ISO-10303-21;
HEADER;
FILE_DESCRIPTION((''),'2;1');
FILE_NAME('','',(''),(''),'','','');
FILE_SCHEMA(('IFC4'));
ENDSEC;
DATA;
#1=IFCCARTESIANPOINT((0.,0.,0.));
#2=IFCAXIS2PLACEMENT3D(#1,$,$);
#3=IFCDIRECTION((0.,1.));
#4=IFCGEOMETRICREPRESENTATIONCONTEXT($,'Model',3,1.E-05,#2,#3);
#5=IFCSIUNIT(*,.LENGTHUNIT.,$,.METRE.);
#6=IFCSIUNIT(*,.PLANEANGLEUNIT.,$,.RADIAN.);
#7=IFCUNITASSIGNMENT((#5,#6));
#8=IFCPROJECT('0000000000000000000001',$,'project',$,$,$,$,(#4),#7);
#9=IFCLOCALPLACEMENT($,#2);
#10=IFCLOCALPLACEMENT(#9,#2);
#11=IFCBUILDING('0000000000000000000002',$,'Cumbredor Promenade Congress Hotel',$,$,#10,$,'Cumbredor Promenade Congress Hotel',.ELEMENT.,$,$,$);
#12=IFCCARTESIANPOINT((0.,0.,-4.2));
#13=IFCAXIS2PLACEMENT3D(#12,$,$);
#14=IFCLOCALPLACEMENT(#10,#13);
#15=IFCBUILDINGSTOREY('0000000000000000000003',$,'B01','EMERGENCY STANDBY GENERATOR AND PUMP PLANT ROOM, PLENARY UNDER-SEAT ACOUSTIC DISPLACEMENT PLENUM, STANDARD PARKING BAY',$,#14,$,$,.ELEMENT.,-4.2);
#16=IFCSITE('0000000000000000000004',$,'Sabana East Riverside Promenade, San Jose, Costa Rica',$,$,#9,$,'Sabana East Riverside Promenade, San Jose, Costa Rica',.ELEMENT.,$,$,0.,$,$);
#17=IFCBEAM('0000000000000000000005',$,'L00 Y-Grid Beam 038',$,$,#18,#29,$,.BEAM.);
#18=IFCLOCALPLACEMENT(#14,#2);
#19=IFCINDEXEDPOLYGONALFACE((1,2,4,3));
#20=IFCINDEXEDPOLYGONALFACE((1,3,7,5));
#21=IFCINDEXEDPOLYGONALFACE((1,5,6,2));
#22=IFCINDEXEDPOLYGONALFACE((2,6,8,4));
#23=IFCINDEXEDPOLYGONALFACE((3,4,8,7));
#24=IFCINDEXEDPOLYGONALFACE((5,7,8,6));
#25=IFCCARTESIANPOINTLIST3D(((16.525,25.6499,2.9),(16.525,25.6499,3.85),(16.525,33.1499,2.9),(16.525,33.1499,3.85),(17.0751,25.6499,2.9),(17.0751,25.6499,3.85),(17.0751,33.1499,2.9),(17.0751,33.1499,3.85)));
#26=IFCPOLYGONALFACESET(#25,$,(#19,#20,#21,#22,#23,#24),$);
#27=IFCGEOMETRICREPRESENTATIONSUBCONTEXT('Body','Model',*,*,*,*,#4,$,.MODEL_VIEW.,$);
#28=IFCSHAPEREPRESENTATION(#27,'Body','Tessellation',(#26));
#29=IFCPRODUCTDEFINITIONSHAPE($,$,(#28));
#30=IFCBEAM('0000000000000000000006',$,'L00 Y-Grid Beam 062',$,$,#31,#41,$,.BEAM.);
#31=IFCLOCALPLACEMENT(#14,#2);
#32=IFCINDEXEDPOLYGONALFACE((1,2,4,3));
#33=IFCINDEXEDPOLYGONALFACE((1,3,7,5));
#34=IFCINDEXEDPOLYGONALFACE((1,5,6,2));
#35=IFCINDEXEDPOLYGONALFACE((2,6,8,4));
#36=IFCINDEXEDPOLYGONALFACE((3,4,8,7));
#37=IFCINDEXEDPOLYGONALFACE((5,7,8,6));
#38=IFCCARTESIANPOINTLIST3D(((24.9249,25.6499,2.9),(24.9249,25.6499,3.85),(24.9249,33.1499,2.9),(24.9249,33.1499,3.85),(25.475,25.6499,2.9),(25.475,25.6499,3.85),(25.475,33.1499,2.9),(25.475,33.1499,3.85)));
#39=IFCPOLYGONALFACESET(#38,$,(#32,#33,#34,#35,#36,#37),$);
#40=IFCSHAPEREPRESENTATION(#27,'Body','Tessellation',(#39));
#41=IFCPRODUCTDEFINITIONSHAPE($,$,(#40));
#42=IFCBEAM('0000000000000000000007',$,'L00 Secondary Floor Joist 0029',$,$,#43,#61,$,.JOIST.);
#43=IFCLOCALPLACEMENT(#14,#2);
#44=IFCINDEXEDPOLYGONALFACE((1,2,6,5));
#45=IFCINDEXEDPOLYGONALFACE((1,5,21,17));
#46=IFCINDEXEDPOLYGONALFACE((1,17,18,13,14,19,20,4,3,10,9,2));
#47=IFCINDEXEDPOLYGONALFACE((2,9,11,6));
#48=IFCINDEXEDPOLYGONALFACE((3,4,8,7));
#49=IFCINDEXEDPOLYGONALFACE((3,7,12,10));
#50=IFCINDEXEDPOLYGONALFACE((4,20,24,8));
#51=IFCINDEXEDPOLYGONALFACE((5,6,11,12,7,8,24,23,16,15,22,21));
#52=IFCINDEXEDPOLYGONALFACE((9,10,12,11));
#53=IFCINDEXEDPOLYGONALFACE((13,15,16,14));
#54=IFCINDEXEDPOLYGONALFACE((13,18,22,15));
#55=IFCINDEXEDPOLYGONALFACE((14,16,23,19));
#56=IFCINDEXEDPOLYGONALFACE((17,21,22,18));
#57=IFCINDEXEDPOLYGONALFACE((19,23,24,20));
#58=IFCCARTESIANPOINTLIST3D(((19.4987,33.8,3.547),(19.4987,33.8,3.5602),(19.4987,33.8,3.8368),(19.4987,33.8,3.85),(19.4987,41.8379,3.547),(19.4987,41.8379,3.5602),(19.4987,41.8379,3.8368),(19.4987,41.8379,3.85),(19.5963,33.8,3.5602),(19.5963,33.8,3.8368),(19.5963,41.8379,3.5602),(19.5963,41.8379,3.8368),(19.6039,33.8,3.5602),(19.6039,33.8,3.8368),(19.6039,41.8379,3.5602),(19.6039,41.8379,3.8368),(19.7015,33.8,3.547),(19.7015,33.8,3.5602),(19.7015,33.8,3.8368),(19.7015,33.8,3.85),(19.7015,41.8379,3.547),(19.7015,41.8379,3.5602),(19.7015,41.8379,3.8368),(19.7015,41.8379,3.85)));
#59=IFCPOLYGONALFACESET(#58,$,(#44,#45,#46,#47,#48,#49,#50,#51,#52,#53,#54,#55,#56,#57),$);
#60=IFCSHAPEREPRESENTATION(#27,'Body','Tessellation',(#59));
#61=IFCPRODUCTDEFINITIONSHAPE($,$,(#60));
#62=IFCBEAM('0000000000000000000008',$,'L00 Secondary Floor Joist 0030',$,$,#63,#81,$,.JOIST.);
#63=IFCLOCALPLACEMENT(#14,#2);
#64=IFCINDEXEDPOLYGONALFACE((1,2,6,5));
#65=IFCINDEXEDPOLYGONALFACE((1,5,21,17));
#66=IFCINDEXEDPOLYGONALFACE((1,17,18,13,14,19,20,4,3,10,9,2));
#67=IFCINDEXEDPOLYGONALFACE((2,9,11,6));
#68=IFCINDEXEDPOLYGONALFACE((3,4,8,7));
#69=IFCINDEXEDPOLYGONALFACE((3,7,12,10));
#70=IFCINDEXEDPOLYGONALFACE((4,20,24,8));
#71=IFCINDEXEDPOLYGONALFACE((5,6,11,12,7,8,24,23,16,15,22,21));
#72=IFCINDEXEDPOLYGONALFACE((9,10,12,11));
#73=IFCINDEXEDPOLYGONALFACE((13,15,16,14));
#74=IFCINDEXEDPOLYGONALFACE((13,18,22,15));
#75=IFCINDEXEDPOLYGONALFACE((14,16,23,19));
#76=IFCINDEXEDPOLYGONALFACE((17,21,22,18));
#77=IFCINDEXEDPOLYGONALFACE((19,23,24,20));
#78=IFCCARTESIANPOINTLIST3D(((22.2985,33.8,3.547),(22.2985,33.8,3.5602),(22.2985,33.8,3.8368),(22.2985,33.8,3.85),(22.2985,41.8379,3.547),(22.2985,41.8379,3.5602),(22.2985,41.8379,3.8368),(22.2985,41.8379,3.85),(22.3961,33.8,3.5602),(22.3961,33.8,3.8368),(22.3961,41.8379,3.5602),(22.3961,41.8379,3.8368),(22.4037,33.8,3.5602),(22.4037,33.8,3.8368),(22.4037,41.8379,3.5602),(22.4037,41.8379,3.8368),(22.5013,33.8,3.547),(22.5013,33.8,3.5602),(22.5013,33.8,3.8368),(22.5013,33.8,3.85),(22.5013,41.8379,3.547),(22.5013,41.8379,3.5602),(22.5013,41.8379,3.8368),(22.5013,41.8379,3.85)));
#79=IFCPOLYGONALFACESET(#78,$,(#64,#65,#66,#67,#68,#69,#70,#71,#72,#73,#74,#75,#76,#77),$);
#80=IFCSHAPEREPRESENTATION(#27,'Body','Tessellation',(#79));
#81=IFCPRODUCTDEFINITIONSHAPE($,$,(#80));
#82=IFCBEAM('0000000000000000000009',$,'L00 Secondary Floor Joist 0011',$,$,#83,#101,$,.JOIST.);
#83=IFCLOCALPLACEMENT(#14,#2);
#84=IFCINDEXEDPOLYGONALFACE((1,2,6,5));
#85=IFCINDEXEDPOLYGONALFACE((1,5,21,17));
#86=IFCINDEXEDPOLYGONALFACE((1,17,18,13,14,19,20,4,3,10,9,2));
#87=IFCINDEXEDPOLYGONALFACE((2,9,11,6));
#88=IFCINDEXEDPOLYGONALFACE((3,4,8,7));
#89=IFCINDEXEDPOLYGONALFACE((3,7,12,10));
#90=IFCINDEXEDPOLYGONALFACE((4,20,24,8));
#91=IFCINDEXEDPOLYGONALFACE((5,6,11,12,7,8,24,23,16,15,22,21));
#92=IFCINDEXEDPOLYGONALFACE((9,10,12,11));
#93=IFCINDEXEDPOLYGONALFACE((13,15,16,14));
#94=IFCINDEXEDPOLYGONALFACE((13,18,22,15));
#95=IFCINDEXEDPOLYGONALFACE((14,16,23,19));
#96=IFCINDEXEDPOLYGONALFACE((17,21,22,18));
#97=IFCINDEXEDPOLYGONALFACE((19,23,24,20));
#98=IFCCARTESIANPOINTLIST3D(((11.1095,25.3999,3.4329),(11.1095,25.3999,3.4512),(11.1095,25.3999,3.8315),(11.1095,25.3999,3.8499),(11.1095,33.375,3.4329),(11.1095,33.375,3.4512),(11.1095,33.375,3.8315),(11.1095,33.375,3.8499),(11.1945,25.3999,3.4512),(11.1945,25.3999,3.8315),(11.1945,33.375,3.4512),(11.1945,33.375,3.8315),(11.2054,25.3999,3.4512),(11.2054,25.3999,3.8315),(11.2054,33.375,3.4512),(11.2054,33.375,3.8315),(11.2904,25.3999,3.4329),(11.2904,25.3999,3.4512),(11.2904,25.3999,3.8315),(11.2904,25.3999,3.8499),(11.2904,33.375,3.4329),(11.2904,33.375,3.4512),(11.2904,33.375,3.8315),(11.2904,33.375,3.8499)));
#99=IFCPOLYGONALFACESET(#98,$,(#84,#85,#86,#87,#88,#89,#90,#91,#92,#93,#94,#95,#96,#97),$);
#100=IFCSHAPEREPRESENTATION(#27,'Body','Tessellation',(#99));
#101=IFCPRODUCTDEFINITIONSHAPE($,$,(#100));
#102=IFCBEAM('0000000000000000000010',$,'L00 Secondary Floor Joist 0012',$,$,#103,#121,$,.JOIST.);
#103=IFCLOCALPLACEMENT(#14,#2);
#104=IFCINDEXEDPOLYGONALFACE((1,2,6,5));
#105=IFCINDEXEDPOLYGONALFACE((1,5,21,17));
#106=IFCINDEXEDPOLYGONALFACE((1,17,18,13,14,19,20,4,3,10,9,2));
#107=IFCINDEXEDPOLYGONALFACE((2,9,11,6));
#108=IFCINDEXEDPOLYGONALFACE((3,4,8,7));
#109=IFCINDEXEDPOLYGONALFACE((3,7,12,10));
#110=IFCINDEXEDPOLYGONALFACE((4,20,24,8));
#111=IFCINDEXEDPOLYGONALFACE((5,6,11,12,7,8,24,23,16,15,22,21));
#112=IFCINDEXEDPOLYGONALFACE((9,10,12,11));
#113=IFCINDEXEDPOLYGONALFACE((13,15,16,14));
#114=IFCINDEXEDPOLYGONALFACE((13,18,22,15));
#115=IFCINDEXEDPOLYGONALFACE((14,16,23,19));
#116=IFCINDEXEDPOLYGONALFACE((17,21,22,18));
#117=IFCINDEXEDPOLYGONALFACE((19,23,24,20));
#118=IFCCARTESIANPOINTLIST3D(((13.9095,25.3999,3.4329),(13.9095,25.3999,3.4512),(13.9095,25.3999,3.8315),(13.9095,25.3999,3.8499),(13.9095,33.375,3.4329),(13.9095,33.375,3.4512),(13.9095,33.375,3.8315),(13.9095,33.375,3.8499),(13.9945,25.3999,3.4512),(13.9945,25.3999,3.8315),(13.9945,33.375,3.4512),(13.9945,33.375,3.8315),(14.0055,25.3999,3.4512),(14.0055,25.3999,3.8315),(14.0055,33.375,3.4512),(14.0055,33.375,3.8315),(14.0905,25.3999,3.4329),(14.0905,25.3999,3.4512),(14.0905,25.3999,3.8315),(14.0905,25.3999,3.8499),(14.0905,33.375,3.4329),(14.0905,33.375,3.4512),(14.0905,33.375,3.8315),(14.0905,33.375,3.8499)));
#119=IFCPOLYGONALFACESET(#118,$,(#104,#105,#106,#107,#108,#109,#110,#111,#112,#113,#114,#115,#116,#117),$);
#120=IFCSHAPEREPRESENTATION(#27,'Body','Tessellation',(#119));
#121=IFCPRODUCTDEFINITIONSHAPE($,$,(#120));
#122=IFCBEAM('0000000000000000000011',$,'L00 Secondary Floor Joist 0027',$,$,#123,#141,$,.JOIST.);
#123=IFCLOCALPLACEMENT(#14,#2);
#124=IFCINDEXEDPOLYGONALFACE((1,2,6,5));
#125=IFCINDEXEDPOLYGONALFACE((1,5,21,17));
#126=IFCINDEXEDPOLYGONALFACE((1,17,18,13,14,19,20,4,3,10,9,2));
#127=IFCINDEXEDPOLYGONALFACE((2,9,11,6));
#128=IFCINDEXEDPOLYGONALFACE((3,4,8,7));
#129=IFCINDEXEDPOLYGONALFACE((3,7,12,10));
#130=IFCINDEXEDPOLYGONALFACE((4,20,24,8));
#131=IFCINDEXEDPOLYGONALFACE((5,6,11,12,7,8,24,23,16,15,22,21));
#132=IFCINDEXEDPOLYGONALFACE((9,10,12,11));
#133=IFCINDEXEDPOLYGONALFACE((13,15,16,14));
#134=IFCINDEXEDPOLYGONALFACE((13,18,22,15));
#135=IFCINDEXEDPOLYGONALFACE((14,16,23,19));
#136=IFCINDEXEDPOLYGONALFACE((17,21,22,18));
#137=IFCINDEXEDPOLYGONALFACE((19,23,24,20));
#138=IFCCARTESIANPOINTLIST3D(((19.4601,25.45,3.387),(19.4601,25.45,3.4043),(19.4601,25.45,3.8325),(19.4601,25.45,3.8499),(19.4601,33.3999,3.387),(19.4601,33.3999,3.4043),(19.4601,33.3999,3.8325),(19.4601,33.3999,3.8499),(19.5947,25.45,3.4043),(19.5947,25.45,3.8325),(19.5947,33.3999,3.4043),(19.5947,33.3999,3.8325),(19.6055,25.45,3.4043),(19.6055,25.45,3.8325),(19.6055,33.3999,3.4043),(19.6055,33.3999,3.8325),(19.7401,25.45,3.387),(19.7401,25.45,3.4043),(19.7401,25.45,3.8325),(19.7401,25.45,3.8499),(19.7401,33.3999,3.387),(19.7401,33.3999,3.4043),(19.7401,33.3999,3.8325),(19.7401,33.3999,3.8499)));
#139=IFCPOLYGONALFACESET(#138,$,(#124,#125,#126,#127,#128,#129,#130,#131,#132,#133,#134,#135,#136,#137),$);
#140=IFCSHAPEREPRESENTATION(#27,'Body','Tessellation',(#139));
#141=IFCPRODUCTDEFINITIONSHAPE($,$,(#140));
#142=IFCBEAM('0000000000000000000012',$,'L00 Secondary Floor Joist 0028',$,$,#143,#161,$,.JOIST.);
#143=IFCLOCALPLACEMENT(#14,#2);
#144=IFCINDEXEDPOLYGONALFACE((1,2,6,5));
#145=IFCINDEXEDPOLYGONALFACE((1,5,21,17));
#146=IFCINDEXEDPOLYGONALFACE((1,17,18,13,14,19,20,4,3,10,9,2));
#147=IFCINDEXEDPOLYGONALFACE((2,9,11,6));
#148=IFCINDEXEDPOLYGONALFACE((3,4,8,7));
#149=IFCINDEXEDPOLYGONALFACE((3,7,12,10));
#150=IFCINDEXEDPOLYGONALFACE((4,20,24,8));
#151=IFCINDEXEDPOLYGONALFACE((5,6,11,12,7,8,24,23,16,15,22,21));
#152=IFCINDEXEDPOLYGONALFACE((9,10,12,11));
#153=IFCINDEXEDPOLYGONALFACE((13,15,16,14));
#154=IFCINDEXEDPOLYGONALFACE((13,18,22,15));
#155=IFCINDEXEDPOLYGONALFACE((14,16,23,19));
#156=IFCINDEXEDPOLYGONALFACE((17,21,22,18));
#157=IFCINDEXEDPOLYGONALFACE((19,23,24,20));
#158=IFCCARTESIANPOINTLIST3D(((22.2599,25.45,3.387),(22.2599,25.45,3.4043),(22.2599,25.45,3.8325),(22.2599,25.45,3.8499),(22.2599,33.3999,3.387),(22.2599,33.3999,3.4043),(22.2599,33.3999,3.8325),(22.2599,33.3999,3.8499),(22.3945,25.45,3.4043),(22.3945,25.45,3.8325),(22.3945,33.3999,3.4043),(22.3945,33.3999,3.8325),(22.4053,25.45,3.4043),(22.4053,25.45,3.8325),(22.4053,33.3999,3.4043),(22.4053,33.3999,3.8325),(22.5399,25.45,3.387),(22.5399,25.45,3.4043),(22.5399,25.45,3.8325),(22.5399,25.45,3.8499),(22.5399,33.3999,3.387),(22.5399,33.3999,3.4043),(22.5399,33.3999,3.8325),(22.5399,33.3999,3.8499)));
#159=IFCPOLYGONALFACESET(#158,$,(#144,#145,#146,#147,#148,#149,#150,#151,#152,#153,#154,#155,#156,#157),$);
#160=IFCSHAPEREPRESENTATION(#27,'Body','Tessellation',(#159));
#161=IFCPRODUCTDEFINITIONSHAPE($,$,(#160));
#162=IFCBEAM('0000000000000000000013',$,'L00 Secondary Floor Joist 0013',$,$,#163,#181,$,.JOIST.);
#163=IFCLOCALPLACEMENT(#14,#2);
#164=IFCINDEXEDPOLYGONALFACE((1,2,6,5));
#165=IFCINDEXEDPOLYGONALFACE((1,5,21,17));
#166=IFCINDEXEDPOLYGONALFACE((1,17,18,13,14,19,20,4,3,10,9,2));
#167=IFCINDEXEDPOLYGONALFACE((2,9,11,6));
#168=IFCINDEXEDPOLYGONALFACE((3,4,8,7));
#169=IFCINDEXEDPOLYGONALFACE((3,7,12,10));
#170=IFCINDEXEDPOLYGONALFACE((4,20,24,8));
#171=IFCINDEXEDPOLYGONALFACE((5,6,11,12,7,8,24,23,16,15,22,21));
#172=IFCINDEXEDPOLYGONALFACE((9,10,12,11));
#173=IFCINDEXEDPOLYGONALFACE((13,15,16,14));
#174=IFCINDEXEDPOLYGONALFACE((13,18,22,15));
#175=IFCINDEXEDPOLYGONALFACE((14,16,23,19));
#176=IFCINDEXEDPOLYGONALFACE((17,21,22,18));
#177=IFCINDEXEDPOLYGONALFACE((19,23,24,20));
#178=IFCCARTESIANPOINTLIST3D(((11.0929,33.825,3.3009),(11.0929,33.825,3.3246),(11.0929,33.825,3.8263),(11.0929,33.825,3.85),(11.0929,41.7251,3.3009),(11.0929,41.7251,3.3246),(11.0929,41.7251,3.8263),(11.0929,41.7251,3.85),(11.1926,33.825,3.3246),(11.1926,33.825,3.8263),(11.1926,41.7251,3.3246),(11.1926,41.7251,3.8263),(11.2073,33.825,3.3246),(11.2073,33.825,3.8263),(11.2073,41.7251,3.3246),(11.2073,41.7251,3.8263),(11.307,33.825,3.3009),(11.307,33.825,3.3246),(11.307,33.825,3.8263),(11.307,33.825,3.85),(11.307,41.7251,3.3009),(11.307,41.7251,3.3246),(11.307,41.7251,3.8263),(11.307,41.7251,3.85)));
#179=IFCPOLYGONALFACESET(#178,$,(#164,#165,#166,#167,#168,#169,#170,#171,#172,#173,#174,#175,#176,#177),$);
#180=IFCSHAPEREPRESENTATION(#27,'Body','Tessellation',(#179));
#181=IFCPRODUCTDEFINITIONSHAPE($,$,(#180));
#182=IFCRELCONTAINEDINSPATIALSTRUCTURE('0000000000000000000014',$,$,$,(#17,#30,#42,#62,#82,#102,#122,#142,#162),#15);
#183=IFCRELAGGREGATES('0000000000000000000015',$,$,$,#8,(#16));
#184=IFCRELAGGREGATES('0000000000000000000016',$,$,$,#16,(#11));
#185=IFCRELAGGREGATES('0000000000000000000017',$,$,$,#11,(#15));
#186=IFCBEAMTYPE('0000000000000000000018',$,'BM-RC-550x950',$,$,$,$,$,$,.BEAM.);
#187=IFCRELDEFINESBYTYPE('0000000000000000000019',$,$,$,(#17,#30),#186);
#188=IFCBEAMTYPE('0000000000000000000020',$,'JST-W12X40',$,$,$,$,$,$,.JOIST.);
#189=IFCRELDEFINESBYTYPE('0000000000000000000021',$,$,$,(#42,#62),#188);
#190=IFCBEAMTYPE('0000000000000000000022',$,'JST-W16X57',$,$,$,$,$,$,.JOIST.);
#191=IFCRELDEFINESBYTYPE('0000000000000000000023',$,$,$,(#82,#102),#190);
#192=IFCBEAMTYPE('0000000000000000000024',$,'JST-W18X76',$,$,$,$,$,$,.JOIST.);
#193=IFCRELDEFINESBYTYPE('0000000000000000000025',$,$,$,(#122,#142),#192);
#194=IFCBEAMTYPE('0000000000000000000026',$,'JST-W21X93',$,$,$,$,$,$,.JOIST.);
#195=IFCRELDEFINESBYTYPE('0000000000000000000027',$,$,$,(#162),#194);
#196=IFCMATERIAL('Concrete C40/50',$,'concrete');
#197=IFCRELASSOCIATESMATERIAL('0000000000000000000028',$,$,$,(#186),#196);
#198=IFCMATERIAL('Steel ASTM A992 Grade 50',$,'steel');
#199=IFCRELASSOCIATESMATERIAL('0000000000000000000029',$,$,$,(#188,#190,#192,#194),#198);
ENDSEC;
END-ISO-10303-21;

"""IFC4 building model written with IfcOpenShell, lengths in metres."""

from ifc_helpers import new_model, si_unit, direction, frame, origin, origin_2d, place, context, subcontext, project, spatial, rectangle, i_section, extrude, material, material_profile, profile_set, type_object, element, save


model = new_model("IFC4")

# Units and contexts
model_context = context("Model", 3, precision=1e-05, world=origin(), true_north=direction((0.0, 1.0)))
body_context = subcontext(model_context, "Body", "Model", "MODEL_VIEW")
ifc_project = project(units=[si_unit("LENGTHUNIT", "METRE"), si_unit("PLANEANGLEUNIT", "RADIAN")], contexts=[model_context])

# Site, building, storey
site_placement = place(None, origin())
site = spatial("IfcSite", under=ifc_project, at=site_placement, Name="Sabana East Riverside Promenade, San Jose, Costa Rica", LongName="Sabana East Riverside Promenade, San Jose, Costa Rica", CompositionType="ELEMENT", RefElevation=0.0)
building_placement = place(site_placement, origin())
building = spatial("IfcBuilding", under=site, at=building_placement, Name="Cumbredor Promenade Congress Hotel", LongName="Cumbredor Promenade Congress Hotel", CompositionType="ELEMENT")
storey_placement = place(building_placement, frame((0.0, 0.0, -4.2)))
storey = spatial("IfcBuildingStorey", under=building, at=storey_placement, Name="B01", Description="EMERGENCY STANDBY GENERATOR AND PUMP PLANT ROOM, PLENARY UNDER-SEAT ACOUSTIC DISPLACEMENT PLENUM, STANDARD PARKING BAY", CompositionType="ELEMENT", Elevation=-4.2)

# Shared definitions
ifc_material_1 = material(Name="Concrete C40/50", Category="concrete")

# Beams
ifc_material_profile_1 = material_profile(ifc_material_1, rectangle(XDim=0.55, YDim=0.95, at=origin_2d()), Name="RC BEAM 550x950")
ifc_profile_set_1 = profile_set([ifc_material_profile_1], Name="Concrete C40/50")
beam_type_1 = type_object("IfcBeamType", Name="BM-RC-550x950", PredefinedType="BEAM", material=ifc_profile_set_1)
for number, where, z_axis, x_axis, name in (
    (1, (16.8, 25.6499, 3.375), (0.0, 1.0, 0.0), (-1.0, 0.0, 0.0), "L00 Y-Grid Beam 038"),
    (2, (25.2, 25.6499, 3.375), (0.0, 1.0, 0.0), (-1.0, 0.0, 0.0), "L00 Y-Grid Beam 062"),
):
    element("IfcBeam", number, at=place(storey_placement, frame(where, z_axis=z_axis, x_axis=x_axis)), inside=storey, type_object=beam_type_1, Name=name, PredefinedType="BEAM", context=body_context, shape_type="SweptSolid", body=[
        extrude(rectangle(XDim=0.55, YDim=0.95, at=origin_2d()), origin(), (0.0, 0.0, 1.0), 7.5),
    ])
ifc_material_2 = material(Name="Steel ASTM A992 Grade 50", Category="steel")
ifc_material_profile_2 = material_profile(ifc_material_2, i_section(OverallWidth=0.2029, OverallDepth=0.303, WebThickness=0.0076, FlangeThickness=0.0132, at=origin_2d()), Name="W12X40")
ifc_profile_set_2 = profile_set([ifc_material_profile_2], Name="Steel ASTM A992 Grade 50")
beam_type_2 = type_object("IfcBeamType", Name="JST-W12X40", PredefinedType="JOIST", material=ifc_profile_set_2)
for number, where, z_axis, x_axis, name in (
    (3, (19.6001, 33.8, 3.6985), (0.0, 1.0, 0.0), (-1.0, 0.0, 0.0), "L00 Secondary Floor Joist 0029"),
    (4, (22.3999, 33.8, 3.6985), (0.0, 1.0, 0.0), (-1.0, 0.0, 0.0), "L00 Secondary Floor Joist 0030"),
):
    element("IfcBeam", number, at=place(storey_placement, frame(where, z_axis=z_axis, x_axis=x_axis)), inside=storey, type_object=beam_type_2, Name=name, PredefinedType="JOIST", context=body_context, shape_type="SweptSolid", body=[
        extrude(i_section(OverallWidth=0.2029, OverallDepth=0.303, WebThickness=0.0076, FlangeThickness=0.0132, at=origin_2d()), origin(), (0.0, 0.0, 1.0), 8.0378),
    ])
ifc_material_profile_3 = material_profile(ifc_material_2, i_section(OverallWidth=0.1809, OverallDepth=0.417, WebThickness=0.011, FlangeThickness=0.0183, at=origin_2d()), Name="W16X57")
ifc_profile_set_3 = profile_set([ifc_material_profile_3], Name="Steel ASTM A992 Grade 50")
beam_type_3 = type_object("IfcBeamType", Name="JST-W16X57", PredefinedType="JOIST", material=ifc_profile_set_3)
for number, where, z_axis, x_axis, name in (
    (5, (11.2, 25.3999, 3.6414), (0.0, 1.0, 0.0), (-1.0, 0.0, 0.0), "L00 Secondary Floor Joist 0011"),
    (6, (14.0, 25.3999, 3.6414), (0.0, 1.0, 0.0), (-1.0, 0.0, 0.0), "L00 Secondary Floor Joist 0012"),
):
    element("IfcBeam", number, at=place(storey_placement, frame(where, z_axis=z_axis, x_axis=x_axis)), inside=storey, type_object=beam_type_3, Name=name, PredefinedType="JOIST", context=body_context, shape_type="SweptSolid", body=[
        extrude(i_section(OverallWidth=0.1809, OverallDepth=0.417, WebThickness=0.011, FlangeThickness=0.0183, at=origin_2d()), origin(), (0.0, 0.0, 1.0), 7.9751),
    ])
ifc_material_profile_4 = material_profile(ifc_material_2, i_section(OverallWidth=0.28, OverallDepth=0.4629, WebThickness=0.0107, FlangeThickness=0.0173, at=origin_2d()), Name="W18X76")
ifc_profile_set_4 = profile_set([ifc_material_profile_4], Name="Steel ASTM A992 Grade 50")
beam_type_4 = type_object("IfcBeamType", Name="JST-W18X76", PredefinedType="JOIST", material=ifc_profile_set_4)
for number, where, z_axis, x_axis, name in (
    (7, (19.6001, 25.45, 3.6184), (0.0, 1.0, 0.0), (-1.0, 0.0, 0.0), "L00 Secondary Floor Joist 0027"),
    (8, (22.3999, 25.45, 3.6184), (0.0, 1.0, 0.0), (-1.0, 0.0, 0.0), "L00 Secondary Floor Joist 0028"),
):
    element("IfcBeam", number, at=place(storey_placement, frame(where, z_axis=z_axis, x_axis=x_axis)), inside=storey, type_object=beam_type_4, Name=name, PredefinedType="JOIST", context=body_context, shape_type="SweptSolid", body=[
        extrude(i_section(OverallWidth=0.28, OverallDepth=0.4629, WebThickness=0.0107, FlangeThickness=0.0173, at=origin_2d()), origin(), (0.0, 0.0, 1.0), 7.95),
    ])
ifc_material_profile_5 = material_profile(ifc_material_2, i_section(OverallWidth=0.2141, OverallDepth=0.5491, WebThickness=0.0146, FlangeThickness=0.0237, at=origin_2d()), Name="W21X93")
ifc_profile_set_5 = profile_set([ifc_material_profile_5], Name="Steel ASTM A992 Grade 50")
beam_type_5 = type_object("IfcBeamType", Name="JST-W21X93", PredefinedType="JOIST", material=ifc_profile_set_5)
for number, where, z_axis, x_axis, name in (
    (9, (11.2, 33.825, 3.5754), (0.0, 1.0, 0.0), (-1.0, 0.0, 0.0), "L00 Secondary Floor Joist 0013"),
):
    element("IfcBeam", number, at=place(storey_placement, frame(where, z_axis=z_axis, x_axis=x_axis)), inside=storey, type_object=beam_type_5, Name=name, PredefinedType="JOIST", context=body_context, shape_type="SweptSolid", body=[
        extrude(i_section(OverallWidth=0.2141, OverallDepth=0.5491, WebThickness=0.0146, FlangeThickness=0.0237, at=origin_2d()), origin(), (0.0, 0.0, 1.0), 7.9001),
    ])

save(model, "model.ifc")
